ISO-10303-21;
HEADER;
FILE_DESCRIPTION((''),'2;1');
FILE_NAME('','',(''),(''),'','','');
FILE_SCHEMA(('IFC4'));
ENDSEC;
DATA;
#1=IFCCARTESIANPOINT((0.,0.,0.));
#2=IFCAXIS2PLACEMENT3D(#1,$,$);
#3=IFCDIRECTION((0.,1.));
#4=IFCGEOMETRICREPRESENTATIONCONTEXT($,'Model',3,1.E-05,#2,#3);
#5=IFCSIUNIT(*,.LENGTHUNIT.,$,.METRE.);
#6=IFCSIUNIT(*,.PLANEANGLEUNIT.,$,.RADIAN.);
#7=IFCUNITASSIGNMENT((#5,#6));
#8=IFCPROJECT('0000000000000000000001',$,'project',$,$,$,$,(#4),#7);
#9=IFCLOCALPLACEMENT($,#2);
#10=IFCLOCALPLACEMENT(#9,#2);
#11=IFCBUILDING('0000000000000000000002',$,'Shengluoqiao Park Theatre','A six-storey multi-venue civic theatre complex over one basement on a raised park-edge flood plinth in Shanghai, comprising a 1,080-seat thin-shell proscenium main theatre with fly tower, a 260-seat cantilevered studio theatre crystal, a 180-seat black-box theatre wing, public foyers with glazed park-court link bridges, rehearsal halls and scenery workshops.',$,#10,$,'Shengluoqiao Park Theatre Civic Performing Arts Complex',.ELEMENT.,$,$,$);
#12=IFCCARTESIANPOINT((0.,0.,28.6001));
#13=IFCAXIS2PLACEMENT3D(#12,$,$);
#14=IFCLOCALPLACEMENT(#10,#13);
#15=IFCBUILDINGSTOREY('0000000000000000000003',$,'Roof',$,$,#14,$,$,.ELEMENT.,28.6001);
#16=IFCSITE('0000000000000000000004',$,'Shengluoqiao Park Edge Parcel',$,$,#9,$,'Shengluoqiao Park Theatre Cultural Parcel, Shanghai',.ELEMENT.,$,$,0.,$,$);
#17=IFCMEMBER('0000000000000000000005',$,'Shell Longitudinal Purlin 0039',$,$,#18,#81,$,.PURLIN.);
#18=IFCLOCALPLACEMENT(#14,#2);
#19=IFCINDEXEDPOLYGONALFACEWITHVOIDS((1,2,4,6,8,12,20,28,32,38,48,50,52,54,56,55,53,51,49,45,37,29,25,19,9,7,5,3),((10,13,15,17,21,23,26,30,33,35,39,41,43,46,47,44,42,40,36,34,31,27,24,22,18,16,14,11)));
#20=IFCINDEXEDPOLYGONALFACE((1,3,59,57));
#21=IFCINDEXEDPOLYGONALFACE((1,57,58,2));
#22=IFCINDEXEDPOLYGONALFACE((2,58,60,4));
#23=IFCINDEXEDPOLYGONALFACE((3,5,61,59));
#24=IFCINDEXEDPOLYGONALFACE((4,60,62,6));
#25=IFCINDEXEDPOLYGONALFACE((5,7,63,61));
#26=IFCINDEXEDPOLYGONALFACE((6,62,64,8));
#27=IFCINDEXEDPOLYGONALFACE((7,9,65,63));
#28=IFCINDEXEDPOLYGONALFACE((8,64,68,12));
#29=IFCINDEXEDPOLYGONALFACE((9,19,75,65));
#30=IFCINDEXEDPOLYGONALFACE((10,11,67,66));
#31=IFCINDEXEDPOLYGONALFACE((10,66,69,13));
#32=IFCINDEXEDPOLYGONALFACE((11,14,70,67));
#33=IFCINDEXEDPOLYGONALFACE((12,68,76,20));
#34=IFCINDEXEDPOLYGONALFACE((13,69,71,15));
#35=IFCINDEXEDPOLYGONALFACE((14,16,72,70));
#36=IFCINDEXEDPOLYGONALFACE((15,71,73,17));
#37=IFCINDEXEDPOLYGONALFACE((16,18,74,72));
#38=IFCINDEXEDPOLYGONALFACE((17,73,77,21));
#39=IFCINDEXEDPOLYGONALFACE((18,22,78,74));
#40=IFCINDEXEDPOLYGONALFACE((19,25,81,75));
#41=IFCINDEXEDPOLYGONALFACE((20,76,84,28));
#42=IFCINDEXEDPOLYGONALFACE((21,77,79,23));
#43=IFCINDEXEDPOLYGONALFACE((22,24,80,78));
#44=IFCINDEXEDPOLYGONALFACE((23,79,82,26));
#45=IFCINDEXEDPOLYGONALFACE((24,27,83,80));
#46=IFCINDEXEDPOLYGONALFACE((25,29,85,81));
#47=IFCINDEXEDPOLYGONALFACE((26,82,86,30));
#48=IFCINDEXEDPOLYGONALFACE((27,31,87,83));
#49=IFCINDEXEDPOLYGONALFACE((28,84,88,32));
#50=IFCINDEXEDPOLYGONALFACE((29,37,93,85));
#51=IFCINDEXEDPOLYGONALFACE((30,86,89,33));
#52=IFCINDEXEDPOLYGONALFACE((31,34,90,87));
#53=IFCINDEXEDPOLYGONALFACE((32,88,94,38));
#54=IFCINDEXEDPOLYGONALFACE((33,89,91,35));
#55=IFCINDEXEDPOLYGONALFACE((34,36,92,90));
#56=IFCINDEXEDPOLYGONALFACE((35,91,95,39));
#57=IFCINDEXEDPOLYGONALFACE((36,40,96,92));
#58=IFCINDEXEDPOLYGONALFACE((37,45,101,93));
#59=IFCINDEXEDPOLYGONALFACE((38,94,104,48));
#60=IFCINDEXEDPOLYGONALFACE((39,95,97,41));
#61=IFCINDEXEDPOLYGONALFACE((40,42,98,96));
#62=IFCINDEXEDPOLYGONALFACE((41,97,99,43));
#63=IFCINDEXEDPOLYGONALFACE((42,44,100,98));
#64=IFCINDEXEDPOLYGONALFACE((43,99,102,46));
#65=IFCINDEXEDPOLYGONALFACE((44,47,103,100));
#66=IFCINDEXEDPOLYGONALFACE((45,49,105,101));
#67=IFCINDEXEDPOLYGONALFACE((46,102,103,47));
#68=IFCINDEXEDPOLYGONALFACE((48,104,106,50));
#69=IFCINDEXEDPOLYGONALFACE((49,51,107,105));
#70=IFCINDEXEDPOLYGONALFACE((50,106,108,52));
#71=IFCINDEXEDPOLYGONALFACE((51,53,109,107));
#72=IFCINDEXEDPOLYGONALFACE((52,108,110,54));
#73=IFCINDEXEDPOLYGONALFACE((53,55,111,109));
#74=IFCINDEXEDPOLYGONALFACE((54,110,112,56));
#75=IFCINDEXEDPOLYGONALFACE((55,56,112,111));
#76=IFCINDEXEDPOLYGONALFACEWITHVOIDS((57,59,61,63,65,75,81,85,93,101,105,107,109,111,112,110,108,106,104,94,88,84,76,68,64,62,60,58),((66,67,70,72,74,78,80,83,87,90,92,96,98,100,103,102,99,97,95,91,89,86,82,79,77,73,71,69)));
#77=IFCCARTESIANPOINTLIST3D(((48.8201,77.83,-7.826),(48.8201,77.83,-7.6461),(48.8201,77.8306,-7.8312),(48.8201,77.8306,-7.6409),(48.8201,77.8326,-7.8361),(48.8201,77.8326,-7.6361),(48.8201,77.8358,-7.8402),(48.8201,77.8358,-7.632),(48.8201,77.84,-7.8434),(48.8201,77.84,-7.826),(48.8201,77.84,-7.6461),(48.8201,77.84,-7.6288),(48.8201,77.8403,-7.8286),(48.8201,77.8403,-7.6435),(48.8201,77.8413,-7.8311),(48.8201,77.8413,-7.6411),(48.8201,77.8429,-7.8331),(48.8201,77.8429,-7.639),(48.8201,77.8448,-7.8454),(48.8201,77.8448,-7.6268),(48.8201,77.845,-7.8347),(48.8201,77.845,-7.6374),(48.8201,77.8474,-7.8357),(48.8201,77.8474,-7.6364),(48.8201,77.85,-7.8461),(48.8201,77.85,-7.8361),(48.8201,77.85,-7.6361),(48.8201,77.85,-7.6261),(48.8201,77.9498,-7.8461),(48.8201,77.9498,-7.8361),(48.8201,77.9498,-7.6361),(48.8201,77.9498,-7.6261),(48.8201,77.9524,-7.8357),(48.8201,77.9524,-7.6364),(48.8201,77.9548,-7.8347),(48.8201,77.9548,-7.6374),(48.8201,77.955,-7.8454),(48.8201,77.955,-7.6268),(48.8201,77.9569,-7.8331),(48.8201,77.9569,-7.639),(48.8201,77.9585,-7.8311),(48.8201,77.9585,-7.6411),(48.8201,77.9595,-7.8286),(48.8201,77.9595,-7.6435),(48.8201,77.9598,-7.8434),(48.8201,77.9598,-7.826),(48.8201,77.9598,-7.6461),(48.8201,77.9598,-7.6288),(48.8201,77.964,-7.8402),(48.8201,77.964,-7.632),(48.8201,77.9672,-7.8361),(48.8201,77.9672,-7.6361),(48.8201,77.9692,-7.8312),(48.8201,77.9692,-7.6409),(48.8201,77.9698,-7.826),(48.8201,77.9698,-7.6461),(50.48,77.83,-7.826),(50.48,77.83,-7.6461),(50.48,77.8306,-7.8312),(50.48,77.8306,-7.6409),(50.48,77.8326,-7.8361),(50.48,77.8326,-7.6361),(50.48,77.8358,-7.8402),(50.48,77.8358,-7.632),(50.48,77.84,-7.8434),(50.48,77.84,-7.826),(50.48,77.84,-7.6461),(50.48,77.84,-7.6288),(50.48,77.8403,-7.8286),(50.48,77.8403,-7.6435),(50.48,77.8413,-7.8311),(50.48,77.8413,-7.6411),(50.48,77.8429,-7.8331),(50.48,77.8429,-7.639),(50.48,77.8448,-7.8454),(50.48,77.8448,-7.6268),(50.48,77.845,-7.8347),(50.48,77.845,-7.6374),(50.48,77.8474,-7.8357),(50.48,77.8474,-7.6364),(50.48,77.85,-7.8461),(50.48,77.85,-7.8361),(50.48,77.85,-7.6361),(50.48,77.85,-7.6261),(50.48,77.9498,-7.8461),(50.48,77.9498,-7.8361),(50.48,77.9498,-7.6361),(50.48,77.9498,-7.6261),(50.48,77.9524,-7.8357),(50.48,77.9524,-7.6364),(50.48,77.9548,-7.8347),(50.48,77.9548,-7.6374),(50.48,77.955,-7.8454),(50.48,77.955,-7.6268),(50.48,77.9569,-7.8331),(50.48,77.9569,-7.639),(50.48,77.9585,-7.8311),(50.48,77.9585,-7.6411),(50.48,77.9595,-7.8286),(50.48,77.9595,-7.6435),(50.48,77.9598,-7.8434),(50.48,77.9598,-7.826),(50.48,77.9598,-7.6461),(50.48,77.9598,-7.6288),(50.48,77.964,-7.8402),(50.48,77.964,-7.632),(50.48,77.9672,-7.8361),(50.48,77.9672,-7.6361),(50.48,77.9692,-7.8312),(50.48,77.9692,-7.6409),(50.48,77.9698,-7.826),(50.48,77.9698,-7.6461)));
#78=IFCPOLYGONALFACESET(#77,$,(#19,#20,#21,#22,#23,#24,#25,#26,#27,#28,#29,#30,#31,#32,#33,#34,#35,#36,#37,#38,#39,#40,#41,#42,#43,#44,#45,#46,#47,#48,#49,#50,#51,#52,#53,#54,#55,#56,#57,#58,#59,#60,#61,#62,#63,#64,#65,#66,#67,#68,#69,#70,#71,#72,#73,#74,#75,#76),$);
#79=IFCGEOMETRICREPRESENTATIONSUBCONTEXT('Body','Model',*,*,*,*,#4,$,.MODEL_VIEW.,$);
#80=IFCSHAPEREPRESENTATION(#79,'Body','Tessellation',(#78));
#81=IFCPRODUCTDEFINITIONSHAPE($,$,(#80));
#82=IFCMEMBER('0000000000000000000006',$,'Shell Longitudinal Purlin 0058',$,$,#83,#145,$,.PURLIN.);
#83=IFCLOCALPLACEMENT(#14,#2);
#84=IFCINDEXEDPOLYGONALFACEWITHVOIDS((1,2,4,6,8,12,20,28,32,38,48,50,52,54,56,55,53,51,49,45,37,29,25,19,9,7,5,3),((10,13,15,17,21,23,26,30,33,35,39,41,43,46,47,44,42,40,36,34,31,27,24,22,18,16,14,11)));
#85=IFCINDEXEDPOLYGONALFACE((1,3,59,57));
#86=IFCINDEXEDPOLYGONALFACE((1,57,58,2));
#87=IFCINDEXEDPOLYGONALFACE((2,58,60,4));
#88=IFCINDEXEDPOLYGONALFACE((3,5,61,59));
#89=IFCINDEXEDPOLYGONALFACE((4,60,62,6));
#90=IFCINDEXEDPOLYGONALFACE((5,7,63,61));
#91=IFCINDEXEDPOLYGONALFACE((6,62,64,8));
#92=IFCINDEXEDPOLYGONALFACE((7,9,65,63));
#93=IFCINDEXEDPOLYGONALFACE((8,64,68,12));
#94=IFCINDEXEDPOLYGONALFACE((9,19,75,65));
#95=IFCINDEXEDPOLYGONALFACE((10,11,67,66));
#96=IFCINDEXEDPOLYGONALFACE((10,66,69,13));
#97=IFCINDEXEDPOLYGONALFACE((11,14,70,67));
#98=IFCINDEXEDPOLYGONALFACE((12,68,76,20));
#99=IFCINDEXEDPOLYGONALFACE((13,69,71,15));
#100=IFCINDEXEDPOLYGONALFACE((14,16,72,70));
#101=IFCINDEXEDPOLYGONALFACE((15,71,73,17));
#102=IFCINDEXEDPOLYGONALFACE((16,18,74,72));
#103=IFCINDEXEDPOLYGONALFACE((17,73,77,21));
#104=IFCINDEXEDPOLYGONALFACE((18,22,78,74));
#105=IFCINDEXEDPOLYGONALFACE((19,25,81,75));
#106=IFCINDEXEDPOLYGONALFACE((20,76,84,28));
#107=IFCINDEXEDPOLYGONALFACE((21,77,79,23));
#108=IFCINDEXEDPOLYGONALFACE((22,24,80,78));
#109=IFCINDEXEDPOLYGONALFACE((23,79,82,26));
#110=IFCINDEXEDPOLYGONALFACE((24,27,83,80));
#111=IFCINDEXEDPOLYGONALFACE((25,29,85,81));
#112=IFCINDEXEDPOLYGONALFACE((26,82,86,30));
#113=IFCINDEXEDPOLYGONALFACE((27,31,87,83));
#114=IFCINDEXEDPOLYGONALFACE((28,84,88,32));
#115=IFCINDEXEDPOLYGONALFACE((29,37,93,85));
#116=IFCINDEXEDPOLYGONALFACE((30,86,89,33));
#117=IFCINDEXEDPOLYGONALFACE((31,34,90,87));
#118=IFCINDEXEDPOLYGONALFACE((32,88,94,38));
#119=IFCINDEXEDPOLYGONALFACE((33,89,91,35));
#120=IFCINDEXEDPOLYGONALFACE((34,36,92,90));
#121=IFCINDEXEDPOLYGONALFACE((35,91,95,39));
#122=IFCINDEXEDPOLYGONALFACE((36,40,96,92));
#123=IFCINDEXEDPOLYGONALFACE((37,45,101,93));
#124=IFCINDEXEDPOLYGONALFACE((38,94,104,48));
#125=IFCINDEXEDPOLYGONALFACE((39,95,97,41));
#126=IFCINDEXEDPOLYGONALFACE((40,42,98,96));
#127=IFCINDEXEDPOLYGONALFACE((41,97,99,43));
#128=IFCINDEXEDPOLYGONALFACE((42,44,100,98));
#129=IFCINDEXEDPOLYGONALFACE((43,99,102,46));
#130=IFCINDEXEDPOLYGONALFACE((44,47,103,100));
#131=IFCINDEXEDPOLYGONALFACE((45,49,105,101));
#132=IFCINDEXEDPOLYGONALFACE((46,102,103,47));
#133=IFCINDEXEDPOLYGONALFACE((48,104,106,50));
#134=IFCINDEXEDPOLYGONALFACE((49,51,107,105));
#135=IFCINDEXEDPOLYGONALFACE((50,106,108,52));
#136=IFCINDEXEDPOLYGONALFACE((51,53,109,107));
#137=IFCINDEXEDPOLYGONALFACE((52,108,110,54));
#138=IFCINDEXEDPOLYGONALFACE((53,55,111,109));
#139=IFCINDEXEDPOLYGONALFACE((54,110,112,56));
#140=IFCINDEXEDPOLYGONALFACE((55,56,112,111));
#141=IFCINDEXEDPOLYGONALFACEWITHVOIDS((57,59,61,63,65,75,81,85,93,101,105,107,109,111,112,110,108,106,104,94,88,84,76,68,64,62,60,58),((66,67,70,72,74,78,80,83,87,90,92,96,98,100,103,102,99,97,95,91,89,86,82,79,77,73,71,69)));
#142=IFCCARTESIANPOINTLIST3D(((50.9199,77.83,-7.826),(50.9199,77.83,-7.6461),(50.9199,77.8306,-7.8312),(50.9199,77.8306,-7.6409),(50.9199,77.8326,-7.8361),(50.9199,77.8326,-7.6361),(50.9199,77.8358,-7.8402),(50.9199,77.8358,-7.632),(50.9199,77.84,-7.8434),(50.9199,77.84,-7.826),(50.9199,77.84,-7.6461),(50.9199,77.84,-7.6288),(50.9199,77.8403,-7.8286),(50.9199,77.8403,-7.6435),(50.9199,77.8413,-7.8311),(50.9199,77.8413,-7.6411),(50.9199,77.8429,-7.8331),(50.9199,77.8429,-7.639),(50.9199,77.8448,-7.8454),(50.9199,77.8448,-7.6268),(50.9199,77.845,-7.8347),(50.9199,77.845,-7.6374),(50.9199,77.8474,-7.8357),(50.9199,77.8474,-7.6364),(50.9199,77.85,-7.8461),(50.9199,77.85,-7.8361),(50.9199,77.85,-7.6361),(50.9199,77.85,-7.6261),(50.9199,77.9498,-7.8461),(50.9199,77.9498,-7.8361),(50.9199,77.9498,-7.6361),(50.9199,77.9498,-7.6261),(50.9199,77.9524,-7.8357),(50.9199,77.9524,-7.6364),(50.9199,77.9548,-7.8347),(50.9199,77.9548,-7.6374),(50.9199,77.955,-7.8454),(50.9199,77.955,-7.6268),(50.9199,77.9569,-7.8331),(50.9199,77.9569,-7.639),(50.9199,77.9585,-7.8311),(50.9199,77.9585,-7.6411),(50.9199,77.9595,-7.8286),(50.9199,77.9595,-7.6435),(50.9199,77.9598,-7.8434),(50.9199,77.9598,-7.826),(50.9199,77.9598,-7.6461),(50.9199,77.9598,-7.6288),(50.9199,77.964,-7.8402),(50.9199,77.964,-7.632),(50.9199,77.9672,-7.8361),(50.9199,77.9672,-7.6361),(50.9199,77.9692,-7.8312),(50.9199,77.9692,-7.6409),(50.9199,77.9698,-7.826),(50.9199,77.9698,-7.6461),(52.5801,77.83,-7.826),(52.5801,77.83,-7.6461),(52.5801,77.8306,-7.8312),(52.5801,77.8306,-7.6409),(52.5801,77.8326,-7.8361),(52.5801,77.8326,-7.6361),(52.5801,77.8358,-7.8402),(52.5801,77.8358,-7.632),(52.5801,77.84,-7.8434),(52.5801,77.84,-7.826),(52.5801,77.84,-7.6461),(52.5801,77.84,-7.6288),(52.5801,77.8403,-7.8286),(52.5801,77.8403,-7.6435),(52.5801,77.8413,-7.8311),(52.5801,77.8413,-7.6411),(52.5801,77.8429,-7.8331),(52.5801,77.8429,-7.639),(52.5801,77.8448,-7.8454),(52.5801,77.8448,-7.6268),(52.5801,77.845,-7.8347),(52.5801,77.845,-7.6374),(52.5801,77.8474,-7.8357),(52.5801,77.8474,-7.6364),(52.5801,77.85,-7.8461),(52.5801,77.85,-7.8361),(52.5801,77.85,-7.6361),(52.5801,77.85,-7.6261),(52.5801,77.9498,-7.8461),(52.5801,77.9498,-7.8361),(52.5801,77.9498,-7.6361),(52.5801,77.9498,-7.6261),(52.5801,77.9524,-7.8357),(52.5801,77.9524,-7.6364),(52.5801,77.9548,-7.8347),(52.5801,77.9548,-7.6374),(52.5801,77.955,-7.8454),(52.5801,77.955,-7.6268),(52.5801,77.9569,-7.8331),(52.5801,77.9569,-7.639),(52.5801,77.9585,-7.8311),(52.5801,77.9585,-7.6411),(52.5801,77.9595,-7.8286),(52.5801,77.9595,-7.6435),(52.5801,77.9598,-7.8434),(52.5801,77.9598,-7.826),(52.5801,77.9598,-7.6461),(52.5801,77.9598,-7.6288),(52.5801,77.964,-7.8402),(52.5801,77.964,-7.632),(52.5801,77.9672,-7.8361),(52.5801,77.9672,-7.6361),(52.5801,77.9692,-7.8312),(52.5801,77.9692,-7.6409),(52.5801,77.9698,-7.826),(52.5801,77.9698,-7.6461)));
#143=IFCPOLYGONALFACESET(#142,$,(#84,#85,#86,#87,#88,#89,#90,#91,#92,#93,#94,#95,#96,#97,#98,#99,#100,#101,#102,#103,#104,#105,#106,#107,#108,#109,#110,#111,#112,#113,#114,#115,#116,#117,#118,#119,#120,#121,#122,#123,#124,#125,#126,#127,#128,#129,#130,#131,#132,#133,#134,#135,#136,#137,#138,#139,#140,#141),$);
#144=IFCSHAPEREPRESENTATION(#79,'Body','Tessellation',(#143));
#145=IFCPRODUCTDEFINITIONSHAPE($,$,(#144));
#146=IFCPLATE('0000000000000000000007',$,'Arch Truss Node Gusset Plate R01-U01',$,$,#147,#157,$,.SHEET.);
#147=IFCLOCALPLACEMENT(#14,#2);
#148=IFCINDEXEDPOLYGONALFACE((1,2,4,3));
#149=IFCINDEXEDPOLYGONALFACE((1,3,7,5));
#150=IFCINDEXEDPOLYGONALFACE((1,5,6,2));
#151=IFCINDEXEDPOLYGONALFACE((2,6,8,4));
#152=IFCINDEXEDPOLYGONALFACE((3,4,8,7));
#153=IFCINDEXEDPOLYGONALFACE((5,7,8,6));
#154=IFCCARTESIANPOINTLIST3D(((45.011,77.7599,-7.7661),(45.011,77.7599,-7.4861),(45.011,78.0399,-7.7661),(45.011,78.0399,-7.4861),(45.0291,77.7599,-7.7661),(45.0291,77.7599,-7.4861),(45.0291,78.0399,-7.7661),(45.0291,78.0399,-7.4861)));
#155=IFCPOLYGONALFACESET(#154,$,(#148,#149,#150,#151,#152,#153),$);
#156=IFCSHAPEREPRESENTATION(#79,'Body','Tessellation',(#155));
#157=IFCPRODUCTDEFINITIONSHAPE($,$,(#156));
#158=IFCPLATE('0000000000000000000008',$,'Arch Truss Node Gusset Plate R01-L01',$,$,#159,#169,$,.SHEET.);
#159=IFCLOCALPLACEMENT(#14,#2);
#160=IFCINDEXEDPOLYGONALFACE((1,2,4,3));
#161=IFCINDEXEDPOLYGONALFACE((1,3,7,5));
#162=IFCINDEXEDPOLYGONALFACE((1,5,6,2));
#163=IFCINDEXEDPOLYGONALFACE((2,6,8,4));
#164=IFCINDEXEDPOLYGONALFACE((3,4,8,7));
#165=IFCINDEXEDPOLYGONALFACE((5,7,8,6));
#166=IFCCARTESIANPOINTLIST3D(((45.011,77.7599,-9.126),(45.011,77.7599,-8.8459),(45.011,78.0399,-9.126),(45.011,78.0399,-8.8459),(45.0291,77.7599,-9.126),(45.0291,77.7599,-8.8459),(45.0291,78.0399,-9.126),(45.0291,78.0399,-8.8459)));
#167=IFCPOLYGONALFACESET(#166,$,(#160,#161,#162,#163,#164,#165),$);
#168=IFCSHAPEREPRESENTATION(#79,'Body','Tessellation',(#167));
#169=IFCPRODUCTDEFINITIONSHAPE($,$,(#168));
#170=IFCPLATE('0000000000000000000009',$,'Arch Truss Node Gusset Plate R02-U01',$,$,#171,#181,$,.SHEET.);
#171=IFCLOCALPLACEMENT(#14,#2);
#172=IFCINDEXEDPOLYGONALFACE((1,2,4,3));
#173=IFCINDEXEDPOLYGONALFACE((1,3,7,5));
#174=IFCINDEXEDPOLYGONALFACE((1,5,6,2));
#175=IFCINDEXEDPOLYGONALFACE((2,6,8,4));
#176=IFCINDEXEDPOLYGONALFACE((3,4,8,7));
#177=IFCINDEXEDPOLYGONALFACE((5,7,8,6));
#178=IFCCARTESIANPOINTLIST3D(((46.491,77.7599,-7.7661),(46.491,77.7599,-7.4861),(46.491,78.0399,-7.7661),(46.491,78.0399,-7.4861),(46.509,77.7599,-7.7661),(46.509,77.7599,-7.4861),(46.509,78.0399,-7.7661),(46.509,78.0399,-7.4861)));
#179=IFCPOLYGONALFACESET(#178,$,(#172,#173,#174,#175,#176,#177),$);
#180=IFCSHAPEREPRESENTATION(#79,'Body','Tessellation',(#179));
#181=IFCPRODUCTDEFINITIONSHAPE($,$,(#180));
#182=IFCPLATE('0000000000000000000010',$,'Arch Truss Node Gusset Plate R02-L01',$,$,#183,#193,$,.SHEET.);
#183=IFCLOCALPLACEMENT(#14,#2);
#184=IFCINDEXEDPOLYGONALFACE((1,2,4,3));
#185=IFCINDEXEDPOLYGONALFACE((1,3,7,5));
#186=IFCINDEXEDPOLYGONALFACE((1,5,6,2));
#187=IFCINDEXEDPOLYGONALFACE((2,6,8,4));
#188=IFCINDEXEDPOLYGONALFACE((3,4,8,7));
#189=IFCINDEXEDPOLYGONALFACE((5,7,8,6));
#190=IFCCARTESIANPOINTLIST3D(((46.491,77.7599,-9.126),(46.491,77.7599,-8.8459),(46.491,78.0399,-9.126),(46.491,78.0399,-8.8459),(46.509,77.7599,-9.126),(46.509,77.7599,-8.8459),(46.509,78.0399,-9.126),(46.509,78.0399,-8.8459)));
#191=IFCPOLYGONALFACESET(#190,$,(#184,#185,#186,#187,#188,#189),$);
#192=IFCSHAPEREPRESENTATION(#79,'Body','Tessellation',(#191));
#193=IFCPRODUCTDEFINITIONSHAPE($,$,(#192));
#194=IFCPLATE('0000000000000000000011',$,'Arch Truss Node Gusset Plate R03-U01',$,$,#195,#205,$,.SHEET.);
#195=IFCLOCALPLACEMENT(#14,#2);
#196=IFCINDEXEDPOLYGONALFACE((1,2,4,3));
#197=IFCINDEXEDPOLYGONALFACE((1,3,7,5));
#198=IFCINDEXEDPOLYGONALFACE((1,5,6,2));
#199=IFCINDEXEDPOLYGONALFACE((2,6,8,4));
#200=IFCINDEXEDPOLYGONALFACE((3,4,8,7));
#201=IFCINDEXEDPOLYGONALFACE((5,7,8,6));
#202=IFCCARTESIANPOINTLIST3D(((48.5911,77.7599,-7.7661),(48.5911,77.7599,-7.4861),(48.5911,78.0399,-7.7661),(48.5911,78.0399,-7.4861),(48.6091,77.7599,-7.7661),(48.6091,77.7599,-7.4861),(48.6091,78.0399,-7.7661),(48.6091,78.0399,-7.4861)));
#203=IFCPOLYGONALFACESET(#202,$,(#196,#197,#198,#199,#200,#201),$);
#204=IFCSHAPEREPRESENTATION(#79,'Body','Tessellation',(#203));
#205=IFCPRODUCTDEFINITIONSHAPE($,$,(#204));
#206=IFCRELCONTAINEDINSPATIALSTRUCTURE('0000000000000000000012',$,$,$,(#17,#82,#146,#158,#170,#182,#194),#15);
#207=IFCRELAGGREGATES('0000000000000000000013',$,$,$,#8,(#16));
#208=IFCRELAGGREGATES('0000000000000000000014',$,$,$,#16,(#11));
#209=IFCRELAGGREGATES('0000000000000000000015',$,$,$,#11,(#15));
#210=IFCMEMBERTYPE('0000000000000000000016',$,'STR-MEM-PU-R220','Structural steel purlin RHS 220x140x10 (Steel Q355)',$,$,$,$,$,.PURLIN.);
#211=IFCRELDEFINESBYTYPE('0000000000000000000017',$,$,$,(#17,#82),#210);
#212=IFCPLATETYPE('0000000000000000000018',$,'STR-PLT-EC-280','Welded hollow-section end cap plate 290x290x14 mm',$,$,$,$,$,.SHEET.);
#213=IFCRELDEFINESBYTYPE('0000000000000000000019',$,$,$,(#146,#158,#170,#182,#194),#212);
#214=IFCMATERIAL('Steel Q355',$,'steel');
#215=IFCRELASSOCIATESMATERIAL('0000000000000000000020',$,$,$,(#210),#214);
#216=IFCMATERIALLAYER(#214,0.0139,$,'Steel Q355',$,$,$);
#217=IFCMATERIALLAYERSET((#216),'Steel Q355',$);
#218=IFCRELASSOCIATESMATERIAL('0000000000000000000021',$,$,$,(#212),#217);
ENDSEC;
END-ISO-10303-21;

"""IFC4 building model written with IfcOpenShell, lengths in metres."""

from ifc_helpers import new_model, si_unit, direction, frame, origin, origin_2d, place, context, subcontext, project, spatial, rectangle, hollow_rectangle, extrude, material, layer, layer_set, material_profile, profile_set, type_object, element, save


model = new_model("IFC4")

# Units and contexts
model_context = context("Model", 3, precision=1e-05, world=origin(), true_north=direction((0.0, 1.0)))
body_context = subcontext(model_context, "Body", "Model", "MODEL_VIEW")
ifc_project = project(units=[si_unit("LENGTHUNIT", "METRE"), si_unit("PLANEANGLEUNIT", "RADIAN")], contexts=[model_context])

# Site, building, storey
site_placement = place(None, origin())
site = spatial("IfcSite", under=ifc_project, at=site_placement, Name="Shengluoqiao Park Edge Parcel", LongName="Shengluoqiao Park Theatre Cultural Parcel, Shanghai", CompositionType="ELEMENT", RefElevation=0.0)
building_placement = place(site_placement, origin())
building = spatial("IfcBuilding", under=site, at=building_placement, Name="Shengluoqiao Park Theatre", Description="A six-storey multi-venue civic theatre complex over one basement on a raised park-edge flood plinth in Shanghai, comprising a 1,080-seat thin-shell proscenium main theatre with fly tower, a 260-seat cantilevered studio theatre crystal, a 180-seat black-box theatre wing, public foyers with glazed park-court link bridges, rehearsal halls and scenery workshops.", LongName="Shengluoqiao Park Theatre Civic Performing Arts Complex", CompositionType="ELEMENT")
storey_placement = place(building_placement, frame((0.0, 0.0, 28.6001)))
storey = spatial("IfcBuildingStorey", under=building, at=storey_placement, Name="Roof", CompositionType="ELEMENT", Elevation=28.6001)

# Shared definitions
ifc_material_1 = material(Name="Steel Q355", Category="steel")

# Members
ifc_material_profile_1 = material_profile(ifc_material_1, hollow_rectangle(XDim=0.1399, YDim=0.22, WallThickness=0.01, InnerFilletRadius=0.01, OuterFilletRadius=0.02, at=origin_2d()), Name="RHS 220x140x10")
ifc_profile_set_1 = profile_set([ifc_material_profile_1], Name="Steel Q355")
member_type_1 = type_object("IfcMemberType", Name="STR-MEM-PU-R220", Description="Structural steel purlin RHS 220x140x10 (Steel Q355)", PredefinedType="PURLIN", material=ifc_profile_set_1)
for number, where, z_axis, x_axis, name in (
    (1, (48.8201, 77.8999, -7.7361), (1.0, 0.0, 0.0), (0.0, 1.0, 0.0), "Shell Longitudinal Purlin 0039"),
):
    element("IfcMember", number, at=place(storey_placement, frame(where, z_axis=z_axis, x_axis=x_axis)), inside=storey, type_object=member_type_1, Name=name, PredefinedType="PURLIN", context=body_context, shape_type="SweptSolid", body=[
        extrude(hollow_rectangle(XDim=0.1399, YDim=0.22, WallThickness=0.01, InnerFilletRadius=0.01, OuterFilletRadius=0.02, at=origin_2d()), origin(), (0.0, 0.0, 1.0), 1.6599),
    ])
member_1_placement = place(storey_placement, frame((50.9199, 77.8999, -7.7361), z_axis=(1.0, 0.0, 0.0), x_axis=(0.0, 1.0, 0.0)))
element("IfcMember", 2, at=member_1_placement, inside=storey, type_object=member_type_1, Name="Shell Longitudinal Purlin 0058", PredefinedType="PURLIN", context=body_context, shape_type="SweptSolid", body=[
    extrude(hollow_rectangle(XDim=0.1399, YDim=0.22, WallThickness=0.01, InnerFilletRadius=0.01, OuterFilletRadius=0.02, at=origin_2d()), origin(), (0.0, 0.0, 1.0), 1.6602),
])

# Plates
ifc_layer_1 = layer(ifc_material_1, 0.0139, Name="Steel Q355")
ifc_layer_set_1 = layer_set([ifc_layer_1], Name="Steel Q355")
plate_type_1 = type_object("IfcPlateType", Name="STR-PLT-EC-280", Description="Welded hollow-section end cap plate 290x290x14 mm", PredefinedType="SHEET", material=ifc_layer_set_1)
for number, where, z_axis, x_axis, name in (
    (3, (45.02, 77.8999, -7.7661), (0.0, 0.0, 1.0), (1.0, 0.0, 0.0), "Arch Truss Node Gusset Plate R01-U01"),
    (4, (45.02, 77.8999, -9.126), (0.0, 0.0, 1.0), (1.0, 0.0, 0.0), "Arch Truss Node Gusset Plate R01-L01"),
    (5, (46.5, 77.8999, -7.7661), (0.0, 0.0, 1.0), (1.0, 0.0, 0.0), "Arch Truss Node Gusset Plate R02-U01"),
    (6, (46.5, 77.8999, -9.126), (0.0, 0.0, 1.0), (1.0, 0.0, 0.0), "Arch Truss Node Gusset Plate R02-L01"),
    (7, (48.6001, 77.8999, -7.7661), (0.0, 0.0, 1.0), (1.0, 0.0, 0.0), "Arch Truss Node Gusset Plate R03-U01"),
):
    element("IfcPlate", number, at=place(storey_placement, frame(where, z_axis=z_axis, x_axis=x_axis)), inside=storey, type_object=plate_type_1, Name=name, PredefinedType="SHEET", context=body_context, shape_type="SweptSolid", body=[
        extrude(rectangle(XDim=0.0181, YDim=0.28, at=origin_2d()), origin(), (0.0, 0.0, 1.0), 0.28),
    ])

save(model, "model.ifc")
